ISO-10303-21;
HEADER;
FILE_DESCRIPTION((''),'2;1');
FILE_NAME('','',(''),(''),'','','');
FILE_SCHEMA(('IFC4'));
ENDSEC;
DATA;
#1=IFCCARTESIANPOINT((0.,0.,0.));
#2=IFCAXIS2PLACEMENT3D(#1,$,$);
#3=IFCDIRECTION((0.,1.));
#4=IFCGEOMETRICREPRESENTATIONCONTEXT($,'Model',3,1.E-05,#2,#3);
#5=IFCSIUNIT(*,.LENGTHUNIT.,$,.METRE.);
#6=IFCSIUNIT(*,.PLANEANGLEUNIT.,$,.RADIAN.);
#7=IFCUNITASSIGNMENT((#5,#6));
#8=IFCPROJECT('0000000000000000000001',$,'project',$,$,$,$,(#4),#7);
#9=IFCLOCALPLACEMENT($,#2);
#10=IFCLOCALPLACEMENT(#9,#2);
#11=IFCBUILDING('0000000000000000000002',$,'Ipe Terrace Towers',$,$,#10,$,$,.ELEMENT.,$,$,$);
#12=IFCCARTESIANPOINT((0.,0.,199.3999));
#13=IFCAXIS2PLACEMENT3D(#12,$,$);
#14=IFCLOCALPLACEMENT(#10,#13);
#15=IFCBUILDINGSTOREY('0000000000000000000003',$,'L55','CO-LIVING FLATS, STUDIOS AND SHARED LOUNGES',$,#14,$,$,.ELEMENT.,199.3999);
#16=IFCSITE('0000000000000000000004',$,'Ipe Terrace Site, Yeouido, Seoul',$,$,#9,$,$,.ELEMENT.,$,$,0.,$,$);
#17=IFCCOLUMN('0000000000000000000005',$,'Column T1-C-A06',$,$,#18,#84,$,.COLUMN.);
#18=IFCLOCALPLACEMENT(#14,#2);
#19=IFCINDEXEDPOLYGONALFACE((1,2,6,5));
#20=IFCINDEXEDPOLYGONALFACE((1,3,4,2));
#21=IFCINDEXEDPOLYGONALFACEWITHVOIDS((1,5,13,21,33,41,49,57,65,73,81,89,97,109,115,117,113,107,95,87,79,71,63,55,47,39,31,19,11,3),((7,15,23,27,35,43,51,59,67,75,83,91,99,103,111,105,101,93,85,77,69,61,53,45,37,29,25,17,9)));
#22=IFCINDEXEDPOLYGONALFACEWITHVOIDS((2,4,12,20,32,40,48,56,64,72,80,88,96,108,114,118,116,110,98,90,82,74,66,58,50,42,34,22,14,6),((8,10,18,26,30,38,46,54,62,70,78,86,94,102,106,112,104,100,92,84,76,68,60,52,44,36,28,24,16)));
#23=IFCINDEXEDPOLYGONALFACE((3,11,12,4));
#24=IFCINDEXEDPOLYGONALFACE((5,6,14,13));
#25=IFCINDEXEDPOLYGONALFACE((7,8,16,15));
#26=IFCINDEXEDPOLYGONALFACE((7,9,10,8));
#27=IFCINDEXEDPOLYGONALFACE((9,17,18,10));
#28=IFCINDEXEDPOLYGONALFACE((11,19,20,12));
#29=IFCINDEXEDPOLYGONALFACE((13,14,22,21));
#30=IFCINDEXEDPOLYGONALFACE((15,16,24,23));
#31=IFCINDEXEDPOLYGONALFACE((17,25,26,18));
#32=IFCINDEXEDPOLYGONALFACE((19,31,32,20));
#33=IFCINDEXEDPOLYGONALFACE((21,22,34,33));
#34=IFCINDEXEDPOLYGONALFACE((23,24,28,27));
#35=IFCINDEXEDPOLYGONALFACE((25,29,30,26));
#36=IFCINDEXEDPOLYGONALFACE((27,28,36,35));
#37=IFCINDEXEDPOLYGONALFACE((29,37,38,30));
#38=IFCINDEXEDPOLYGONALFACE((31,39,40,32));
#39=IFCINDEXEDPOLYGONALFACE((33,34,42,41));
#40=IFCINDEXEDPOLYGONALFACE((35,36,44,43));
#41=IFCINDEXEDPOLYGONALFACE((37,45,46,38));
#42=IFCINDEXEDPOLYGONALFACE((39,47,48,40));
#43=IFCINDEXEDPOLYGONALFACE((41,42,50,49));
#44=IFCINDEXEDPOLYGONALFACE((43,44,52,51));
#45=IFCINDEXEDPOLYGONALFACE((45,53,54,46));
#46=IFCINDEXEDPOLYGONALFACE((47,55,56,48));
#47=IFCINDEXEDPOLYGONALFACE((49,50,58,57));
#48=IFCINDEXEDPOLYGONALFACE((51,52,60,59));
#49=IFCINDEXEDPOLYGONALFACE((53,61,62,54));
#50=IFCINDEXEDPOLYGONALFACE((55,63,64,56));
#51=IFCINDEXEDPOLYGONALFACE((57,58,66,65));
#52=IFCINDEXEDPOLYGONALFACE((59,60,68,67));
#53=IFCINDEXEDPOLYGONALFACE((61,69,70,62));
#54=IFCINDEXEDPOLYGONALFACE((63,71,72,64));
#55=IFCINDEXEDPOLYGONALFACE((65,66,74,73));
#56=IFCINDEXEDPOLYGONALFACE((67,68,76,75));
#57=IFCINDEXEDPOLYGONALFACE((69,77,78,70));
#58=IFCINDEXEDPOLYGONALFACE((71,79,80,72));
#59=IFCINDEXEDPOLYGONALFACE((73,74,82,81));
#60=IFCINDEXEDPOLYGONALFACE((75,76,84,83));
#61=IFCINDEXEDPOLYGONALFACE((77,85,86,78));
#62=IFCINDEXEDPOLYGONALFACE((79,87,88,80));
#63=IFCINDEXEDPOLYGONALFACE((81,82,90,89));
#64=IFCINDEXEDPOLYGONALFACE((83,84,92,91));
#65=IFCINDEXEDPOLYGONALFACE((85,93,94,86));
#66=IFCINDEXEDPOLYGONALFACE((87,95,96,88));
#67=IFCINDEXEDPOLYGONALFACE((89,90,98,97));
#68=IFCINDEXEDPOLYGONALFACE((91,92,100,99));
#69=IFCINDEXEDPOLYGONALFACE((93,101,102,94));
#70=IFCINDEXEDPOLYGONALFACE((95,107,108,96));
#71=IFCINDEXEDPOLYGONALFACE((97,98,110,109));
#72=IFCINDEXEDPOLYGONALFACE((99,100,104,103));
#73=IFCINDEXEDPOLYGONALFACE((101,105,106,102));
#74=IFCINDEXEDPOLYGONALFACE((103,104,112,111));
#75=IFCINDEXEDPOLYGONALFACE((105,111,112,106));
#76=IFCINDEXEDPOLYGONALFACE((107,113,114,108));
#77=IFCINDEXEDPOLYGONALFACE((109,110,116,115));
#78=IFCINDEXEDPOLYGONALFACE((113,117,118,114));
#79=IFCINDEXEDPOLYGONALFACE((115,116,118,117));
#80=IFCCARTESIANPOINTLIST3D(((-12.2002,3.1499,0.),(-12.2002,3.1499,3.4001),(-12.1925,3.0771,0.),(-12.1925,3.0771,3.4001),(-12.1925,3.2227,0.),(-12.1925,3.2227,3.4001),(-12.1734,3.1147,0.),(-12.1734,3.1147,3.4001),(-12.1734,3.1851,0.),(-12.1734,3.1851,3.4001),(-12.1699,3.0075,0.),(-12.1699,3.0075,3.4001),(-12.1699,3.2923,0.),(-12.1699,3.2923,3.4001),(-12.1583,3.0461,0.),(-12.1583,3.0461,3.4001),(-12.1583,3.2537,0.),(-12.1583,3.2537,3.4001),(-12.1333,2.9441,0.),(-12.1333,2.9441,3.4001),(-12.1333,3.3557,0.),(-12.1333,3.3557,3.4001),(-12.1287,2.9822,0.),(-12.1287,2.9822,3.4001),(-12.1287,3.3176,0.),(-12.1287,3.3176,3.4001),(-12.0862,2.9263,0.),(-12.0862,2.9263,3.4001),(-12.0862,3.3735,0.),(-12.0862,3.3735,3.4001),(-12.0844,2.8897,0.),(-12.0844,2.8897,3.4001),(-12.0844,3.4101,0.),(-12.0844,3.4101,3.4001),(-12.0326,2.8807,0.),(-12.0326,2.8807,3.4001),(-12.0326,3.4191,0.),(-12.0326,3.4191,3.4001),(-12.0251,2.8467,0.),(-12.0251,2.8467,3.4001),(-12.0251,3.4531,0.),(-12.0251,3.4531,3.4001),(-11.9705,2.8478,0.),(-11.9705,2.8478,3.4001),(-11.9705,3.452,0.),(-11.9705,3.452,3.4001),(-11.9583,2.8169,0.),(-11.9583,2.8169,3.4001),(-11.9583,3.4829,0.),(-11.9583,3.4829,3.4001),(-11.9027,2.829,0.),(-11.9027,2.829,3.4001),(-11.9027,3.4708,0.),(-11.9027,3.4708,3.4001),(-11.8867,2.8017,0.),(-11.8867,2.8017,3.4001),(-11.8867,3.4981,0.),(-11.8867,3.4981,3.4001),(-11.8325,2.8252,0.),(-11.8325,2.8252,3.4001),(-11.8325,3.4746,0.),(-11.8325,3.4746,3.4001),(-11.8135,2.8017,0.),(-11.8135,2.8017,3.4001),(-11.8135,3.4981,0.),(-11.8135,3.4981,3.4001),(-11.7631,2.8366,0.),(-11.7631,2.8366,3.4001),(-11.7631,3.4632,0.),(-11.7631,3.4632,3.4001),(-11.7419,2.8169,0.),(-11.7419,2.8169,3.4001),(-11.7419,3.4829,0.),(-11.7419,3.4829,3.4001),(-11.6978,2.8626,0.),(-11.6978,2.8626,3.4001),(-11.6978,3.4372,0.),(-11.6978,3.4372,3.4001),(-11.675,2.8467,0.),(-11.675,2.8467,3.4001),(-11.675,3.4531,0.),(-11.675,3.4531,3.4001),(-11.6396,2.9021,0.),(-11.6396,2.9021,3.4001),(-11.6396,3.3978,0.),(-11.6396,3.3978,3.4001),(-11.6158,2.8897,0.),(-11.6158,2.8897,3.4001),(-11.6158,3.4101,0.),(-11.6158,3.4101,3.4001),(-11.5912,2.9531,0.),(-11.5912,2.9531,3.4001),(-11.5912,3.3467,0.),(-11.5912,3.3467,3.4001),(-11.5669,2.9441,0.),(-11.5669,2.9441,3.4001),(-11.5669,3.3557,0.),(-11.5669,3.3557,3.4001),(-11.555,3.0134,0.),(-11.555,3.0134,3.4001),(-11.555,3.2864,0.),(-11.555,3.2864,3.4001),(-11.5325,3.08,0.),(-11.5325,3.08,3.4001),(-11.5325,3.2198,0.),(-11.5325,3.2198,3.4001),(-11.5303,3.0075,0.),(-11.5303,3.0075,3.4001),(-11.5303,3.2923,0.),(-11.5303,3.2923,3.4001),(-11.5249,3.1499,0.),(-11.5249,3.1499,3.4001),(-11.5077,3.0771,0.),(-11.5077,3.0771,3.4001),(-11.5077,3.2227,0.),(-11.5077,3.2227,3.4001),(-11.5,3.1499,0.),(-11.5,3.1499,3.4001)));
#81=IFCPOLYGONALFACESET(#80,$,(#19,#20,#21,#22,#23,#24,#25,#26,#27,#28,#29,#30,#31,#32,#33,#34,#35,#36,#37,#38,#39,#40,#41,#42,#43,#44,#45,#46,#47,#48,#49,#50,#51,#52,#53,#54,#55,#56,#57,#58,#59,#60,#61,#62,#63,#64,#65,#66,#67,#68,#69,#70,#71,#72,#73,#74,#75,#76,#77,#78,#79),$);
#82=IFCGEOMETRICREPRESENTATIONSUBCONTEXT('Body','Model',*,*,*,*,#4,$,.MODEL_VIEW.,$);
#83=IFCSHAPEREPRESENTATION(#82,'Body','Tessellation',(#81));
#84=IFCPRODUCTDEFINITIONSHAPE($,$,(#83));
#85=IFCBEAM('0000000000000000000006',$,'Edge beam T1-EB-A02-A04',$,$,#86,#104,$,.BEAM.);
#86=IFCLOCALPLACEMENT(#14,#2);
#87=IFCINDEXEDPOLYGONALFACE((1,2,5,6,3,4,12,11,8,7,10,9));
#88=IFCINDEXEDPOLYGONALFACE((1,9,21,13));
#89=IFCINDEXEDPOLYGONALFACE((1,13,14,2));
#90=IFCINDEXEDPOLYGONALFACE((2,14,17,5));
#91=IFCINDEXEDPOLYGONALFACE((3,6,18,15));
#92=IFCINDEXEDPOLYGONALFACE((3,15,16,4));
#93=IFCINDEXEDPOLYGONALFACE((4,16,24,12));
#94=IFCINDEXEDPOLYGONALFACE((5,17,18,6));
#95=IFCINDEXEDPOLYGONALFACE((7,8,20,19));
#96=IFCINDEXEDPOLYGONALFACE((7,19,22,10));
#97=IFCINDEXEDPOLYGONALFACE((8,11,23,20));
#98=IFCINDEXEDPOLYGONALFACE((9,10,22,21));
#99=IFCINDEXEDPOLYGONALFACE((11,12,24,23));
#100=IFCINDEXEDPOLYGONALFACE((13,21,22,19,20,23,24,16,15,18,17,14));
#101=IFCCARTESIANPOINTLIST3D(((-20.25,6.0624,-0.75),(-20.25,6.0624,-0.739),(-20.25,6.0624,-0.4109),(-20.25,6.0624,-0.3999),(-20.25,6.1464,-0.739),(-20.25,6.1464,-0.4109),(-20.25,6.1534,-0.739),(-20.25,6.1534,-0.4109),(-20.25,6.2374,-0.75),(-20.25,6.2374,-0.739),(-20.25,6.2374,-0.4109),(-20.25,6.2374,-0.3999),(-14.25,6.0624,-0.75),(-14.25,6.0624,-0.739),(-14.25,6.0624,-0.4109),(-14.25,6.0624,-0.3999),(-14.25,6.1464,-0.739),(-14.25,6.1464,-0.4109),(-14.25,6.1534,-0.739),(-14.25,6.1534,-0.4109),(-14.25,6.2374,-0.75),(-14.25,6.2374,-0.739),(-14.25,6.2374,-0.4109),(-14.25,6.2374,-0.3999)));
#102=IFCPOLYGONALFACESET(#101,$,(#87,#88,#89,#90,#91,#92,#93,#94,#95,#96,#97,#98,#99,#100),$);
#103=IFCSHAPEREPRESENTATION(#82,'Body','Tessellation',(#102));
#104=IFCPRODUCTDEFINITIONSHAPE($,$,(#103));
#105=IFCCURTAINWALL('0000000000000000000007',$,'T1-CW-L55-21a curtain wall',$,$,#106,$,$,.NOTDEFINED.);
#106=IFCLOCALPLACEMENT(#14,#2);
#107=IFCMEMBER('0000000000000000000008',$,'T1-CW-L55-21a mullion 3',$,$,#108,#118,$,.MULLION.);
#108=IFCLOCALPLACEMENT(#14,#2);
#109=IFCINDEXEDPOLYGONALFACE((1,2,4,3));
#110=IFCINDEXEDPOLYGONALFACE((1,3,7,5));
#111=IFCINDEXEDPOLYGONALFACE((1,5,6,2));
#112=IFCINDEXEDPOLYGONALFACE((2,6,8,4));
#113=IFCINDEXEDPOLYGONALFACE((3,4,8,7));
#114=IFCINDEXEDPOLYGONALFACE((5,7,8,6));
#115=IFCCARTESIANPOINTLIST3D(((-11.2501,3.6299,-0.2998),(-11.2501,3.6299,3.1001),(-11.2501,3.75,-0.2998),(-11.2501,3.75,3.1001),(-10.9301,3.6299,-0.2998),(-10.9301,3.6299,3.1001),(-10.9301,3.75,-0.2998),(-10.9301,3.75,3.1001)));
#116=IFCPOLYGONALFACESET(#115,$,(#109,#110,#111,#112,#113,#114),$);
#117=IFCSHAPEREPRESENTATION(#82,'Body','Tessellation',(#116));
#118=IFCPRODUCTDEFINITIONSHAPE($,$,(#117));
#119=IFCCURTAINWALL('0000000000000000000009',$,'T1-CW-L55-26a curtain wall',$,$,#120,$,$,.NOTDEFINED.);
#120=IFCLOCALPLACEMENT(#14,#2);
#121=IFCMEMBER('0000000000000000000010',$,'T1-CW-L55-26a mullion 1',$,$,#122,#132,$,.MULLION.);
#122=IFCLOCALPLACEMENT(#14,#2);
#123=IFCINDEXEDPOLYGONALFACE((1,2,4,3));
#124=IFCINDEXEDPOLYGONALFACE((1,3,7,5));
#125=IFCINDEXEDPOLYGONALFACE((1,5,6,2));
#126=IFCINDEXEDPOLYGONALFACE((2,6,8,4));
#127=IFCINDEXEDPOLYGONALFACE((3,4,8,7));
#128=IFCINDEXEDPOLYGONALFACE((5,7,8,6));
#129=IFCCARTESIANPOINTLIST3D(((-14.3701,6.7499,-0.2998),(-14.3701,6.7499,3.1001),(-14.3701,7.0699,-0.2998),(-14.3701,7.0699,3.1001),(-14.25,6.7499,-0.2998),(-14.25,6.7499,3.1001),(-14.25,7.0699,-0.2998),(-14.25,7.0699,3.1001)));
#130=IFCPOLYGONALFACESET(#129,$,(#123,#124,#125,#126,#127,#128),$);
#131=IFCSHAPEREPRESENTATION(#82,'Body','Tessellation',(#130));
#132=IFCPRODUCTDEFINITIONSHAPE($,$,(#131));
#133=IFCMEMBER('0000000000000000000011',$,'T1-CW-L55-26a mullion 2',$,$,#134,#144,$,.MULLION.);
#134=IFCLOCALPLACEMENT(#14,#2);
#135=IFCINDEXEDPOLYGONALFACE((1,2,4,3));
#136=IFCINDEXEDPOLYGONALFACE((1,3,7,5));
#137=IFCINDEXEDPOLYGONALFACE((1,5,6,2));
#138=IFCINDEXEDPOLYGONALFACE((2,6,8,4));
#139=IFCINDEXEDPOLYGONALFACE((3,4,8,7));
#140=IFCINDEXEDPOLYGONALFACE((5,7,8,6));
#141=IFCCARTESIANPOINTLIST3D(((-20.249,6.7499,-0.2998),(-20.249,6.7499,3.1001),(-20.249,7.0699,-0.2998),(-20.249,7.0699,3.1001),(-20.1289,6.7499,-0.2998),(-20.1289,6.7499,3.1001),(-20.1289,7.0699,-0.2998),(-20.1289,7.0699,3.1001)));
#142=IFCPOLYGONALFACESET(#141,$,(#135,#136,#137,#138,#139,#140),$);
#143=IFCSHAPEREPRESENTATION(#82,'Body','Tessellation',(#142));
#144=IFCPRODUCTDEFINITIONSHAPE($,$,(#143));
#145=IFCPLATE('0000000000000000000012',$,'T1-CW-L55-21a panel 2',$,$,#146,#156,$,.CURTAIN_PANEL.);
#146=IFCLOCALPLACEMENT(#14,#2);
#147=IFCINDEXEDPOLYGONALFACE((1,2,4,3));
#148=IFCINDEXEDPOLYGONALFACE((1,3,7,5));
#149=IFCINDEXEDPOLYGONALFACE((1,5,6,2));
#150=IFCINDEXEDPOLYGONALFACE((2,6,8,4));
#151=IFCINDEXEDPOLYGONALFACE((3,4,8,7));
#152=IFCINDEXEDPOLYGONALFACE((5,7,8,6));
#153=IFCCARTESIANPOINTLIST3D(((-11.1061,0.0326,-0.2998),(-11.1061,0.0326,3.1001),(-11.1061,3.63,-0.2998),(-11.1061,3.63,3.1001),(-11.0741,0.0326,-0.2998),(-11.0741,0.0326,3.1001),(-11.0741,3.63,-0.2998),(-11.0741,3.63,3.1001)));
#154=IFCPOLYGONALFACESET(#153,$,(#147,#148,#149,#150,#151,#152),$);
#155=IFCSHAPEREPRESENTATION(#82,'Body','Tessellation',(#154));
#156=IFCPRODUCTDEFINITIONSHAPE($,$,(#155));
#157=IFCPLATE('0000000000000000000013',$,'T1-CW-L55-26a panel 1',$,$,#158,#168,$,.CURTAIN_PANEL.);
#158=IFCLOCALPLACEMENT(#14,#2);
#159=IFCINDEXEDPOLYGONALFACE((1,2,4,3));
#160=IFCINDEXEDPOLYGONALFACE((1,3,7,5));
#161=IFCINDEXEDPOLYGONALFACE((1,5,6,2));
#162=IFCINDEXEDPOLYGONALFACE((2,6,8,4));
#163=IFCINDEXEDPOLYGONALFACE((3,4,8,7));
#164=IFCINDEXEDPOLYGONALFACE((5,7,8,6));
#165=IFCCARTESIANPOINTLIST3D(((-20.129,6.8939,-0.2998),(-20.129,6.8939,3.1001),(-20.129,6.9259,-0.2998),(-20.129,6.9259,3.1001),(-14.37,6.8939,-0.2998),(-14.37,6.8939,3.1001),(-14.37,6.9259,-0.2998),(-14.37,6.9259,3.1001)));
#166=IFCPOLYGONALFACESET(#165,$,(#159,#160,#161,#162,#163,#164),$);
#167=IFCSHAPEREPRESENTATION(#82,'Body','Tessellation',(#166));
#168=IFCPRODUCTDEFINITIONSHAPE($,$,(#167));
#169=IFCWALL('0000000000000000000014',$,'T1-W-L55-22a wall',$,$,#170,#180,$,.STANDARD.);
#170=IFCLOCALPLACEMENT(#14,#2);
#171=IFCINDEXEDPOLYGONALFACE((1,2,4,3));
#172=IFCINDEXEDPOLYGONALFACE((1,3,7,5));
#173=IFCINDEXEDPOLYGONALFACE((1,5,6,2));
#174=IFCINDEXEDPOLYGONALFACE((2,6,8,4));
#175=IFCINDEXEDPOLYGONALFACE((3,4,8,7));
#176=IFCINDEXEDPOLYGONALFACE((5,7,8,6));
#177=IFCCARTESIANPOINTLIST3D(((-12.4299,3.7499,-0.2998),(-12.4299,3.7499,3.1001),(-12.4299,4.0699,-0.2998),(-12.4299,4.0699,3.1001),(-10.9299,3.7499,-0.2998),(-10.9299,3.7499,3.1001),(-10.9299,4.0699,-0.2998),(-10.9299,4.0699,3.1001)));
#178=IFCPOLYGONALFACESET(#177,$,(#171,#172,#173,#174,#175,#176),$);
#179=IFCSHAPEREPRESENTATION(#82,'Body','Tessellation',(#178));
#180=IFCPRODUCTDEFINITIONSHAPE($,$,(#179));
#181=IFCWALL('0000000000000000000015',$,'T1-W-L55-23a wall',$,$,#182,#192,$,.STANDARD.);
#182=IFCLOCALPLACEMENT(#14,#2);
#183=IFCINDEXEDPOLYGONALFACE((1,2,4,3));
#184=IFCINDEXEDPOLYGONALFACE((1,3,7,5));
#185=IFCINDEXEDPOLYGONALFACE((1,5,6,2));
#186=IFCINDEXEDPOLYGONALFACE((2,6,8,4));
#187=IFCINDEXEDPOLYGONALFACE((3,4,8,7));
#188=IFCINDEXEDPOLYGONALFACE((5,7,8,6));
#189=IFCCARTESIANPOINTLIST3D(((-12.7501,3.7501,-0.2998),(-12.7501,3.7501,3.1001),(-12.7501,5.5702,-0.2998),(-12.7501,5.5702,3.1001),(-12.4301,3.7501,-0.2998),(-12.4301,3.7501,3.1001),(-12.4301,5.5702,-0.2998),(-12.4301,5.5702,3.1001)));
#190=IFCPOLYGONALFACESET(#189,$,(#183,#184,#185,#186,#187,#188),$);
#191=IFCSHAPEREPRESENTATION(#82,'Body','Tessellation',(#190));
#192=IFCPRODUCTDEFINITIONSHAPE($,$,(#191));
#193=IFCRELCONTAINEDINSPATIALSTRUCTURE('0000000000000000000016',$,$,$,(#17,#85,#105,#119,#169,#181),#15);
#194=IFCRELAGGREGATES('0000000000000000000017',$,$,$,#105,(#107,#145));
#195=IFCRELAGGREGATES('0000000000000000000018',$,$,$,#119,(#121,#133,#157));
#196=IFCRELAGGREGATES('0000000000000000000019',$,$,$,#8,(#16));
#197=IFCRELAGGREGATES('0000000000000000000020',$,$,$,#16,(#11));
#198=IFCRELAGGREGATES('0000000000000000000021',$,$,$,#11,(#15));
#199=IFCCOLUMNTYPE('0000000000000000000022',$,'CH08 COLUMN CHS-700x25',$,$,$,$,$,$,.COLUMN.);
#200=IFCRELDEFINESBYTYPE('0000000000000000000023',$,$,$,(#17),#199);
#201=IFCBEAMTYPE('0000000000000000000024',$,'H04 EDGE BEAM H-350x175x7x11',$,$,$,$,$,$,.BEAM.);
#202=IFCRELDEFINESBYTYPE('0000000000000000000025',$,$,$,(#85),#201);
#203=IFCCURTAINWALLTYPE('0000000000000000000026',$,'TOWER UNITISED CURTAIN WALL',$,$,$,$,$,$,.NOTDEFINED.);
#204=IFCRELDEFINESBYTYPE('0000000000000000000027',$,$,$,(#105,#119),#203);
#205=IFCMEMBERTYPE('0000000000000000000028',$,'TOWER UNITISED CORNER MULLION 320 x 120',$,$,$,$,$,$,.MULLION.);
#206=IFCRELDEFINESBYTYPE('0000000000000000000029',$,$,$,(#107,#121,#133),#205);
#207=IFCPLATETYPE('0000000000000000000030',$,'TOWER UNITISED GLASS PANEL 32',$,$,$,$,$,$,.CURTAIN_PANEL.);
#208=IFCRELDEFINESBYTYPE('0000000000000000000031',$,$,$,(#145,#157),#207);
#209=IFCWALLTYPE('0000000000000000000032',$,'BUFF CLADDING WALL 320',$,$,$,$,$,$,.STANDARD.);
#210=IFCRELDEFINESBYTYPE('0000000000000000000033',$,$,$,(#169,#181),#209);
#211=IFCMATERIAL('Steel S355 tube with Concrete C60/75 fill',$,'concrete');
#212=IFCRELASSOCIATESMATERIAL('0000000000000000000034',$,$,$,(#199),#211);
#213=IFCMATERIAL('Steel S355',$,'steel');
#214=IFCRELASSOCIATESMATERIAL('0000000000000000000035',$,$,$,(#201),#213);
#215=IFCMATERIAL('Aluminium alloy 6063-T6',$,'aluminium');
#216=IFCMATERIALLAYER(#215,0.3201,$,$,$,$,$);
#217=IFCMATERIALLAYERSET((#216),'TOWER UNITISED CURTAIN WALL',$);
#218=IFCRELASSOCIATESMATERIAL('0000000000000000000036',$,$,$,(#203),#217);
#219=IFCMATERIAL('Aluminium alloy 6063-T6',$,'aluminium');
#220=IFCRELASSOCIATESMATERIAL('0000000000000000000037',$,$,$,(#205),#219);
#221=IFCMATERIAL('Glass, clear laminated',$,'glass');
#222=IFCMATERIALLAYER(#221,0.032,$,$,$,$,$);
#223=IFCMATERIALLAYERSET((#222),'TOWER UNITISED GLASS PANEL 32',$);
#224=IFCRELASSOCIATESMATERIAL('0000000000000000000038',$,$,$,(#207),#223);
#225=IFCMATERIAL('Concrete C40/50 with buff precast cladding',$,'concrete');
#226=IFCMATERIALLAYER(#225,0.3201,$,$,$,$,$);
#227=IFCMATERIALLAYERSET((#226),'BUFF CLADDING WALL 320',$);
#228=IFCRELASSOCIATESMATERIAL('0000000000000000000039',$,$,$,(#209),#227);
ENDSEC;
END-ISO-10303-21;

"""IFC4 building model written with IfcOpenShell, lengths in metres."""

from ifc_helpers import new_model, si_unit, direction, frame, frame_2d, origin, origin_2d, place, context, subcontext, project, spatial, rectangle, hollow_circle, i_section, extrude, material, layer, layer_set, material_profile, profile_set, type_object, element, aggregate, save


model = new_model("IFC4")

# Units and contexts
model_context = context("Model", 3, precision=1e-05, world=origin(), true_north=direction((0.0, 1.0)))
body_context = subcontext(model_context, "Body", "Model", "MODEL_VIEW")
ifc_project = project(units=[si_unit("LENGTHUNIT", "METRE"), si_unit("PLANEANGLEUNIT", "RADIAN")], contexts=[model_context])

# Site, building, storey
site_placement = place(None, origin())
site = spatial("IfcSite", under=ifc_project, at=site_placement, Name="Ipe Terrace Site, Yeouido, Seoul", CompositionType="ELEMENT", RefElevation=0.0)
building_placement = place(site_placement, origin())
building = spatial("IfcBuilding", under=site, at=building_placement, Name="Ipe Terrace Towers", CompositionType="ELEMENT")
storey_placement = place(building_placement, frame((0.0, 0.0, 199.3999)))
storey = spatial("IfcBuildingStorey", under=building, at=storey_placement, Name="L55", Description="CO-LIVING FLATS, STUDIOS AND SHARED LOUNGES", CompositionType="ELEMENT", Elevation=199.3999)

# Column
ifc_material_1 = material(Name="Steel S355 tube with Concrete C60/75 fill", Category="concrete")
ifc_material_profile_1 = material_profile(ifc_material_1, hollow_circle(Radius=0.3501, WallThickness=0.0249, at=origin_2d()), Name="CHS-700x25")
ifc_profile_set_1 = profile_set([ifc_material_profile_1], Name="Steel S355 tube with Concrete C60/75 fill")
column_type = type_object("IfcColumnType", Name="CH08 COLUMN CHS-700x25", PredefinedType="COLUMN", material=ifc_profile_set_1)
for number, where, z_axis, x_axis, name in (
    (1, (-11.8501, 3.1499, 0.0), (0.0, 0.0, 1.0), (1.0, 0.0, 0.0), "Column T1-C-A06"),
):
    element("IfcColumn", number, at=place(storey_placement, frame(where, z_axis=z_axis, x_axis=x_axis)), inside=storey, type_object=column_type, Name=name, PredefinedType="COLUMN", context=body_context, shape_type="SweptSolid", body=[
        extrude(hollow_circle(Radius=0.3501, WallThickness=0.0249, at=origin_2d()), origin(), (0.0, 0.0, 1.0), 3.4001),
    ])

# Beam
ifc_material_2 = material(Name="Steel S355", Category="steel")
ifc_material_profile_2 = material_profile(ifc_material_2, i_section(OverallWidth=0.175, OverallDepth=0.3501, WebThickness=0.0071, FlangeThickness=0.011, at=origin_2d()), Name="H-350x175x7x11")
ifc_profile_set_2 = profile_set([ifc_material_profile_2], Name="Steel S355")
beam_type = type_object("IfcBeamType", Name="H04 EDGE BEAM H-350x175x7x11", PredefinedType="BEAM", material=ifc_profile_set_2)
beam_placement = place(storey_placement, frame((-20.25, 6.1499, -0.575), z_axis=(1.0, 0.0, 0.0), x_axis=(0.0, 1.0, 0.0)))
element("IfcBeam", 2, at=beam_placement, inside=storey, type_object=beam_type, Name="Edge beam T1-EB-A02-A04", PredefinedType="BEAM", context=body_context, shape_type="SweptSolid", body=[
    extrude(i_section(OverallWidth=0.175, OverallDepth=0.3501, WebThickness=0.0071, FlangeThickness=0.011, at=origin_2d()), origin(), (0.0, 0.0, 1.0), 6.0),
])

# Curtain wall, member
ifc_material_3 = material(Name="Aluminium alloy 6063-T6", Category="aluminium")
ifc_layer_1 = layer(ifc_material_3, 0.3201)
ifc_layer_set_1 = layer_set([ifc_layer_1], Name="TOWER UNITISED CURTAIN WALL")
curtain_wall_type = type_object("IfcCurtainWallType", Name="TOWER UNITISED CURTAIN WALL", PredefinedType="NOTDEFINED", material=ifc_layer_set_1)
curtain_wall_1_placement = place(storey_placement, origin())
curtain_wall_1 = element("IfcCurtainWall", 3, at=curtain_wall_1_placement, inside=storey, type_object=curtain_wall_type, Name="T1-CW-L55-21a curtain wall", PredefinedType="NOTDEFINED")
ifc_material_4 = material(Name="Aluminium alloy 6063-T6", Category="aluminium")
ifc_material_profile_3 = material_profile(ifc_material_4, rectangle(XDim=0.3201, YDim=0.1201, at=origin_2d()), Name="TOWER UNITISED CORNER MULLION 320 x 120")
ifc_profile_set_3 = profile_set([ifc_material_profile_3], Name="Aluminium alloy 6063-T6")
member_type = type_object("IfcMemberType", Name="TOWER UNITISED CORNER MULLION 320 x 120", PredefinedType="MULLION", material=ifc_profile_set_3)
member_1_placement = place(storey_placement, frame((-11.0901, 3.6899, -0.2998), z_axis=(0.0, 0.0, 1.0), x_axis=(1.0, 0.0, 0.0)))
member_1 = element("IfcMember", 4, at=member_1_placement, type_object=member_type, Name="T1-CW-L55-21a mullion 3", PredefinedType="MULLION", context=body_context, shape_type="SweptSolid", body=[
    extrude(rectangle(XDim=0.3201, YDim=0.1201, at=origin_2d()), origin(), (0.0, 0.0, 1.0), 3.3999),
])

# Curtain wall, members
curtain_wall_2_placement = place(storey_placement, origin())
curtain_wall_2 = element("IfcCurtainWall", 5, at=curtain_wall_2_placement, inside=storey, type_object=curtain_wall_type, Name="T1-CW-L55-26a curtain wall", PredefinedType="NOTDEFINED")
member_2_placement = place(storey_placement, frame((-14.3101, 6.9099, -0.2998), z_axis=(0.0, 0.0, 1.0), x_axis=(0.0, 1.0, 0.0)))
member_2 = element("IfcMember", 6, at=member_2_placement, type_object=member_type, Name="T1-CW-L55-26a mullion 1", PredefinedType="MULLION", context=body_context, shape_type="SweptSolid", body=[
    extrude(rectangle(XDim=0.3201, YDim=0.1201, at=origin_2d()), origin(), (0.0, 0.0, 1.0), 3.3999),
])
member_3_placement = place(storey_placement, frame((-20.189, 6.9099, -0.2998), z_axis=(0.0, 0.0, 1.0), x_axis=(0.0, 1.0, 0.0)))
member_3 = element("IfcMember", 7, at=member_3_placement, type_object=member_type, Name="T1-CW-L55-26a mullion 2", PredefinedType="MULLION", context=body_context, shape_type="SweptSolid", body=[
    extrude(rectangle(XDim=0.3201, YDim=0.1201, at=origin_2d()), origin(), (0.0, 0.0, 1.0), 3.3999),
])

# Plates
ifc_material_5 = material(Name="Glass, clear laminated", Category="glass")
ifc_layer_2 = layer(ifc_material_5, 0.032)
ifc_layer_set_2 = layer_set([ifc_layer_2], Name="TOWER UNITISED GLASS PANEL 32")
plate_type = type_object("IfcPlateType", Name="TOWER UNITISED GLASS PANEL 32", PredefinedType="CURTAIN_PANEL", material=ifc_layer_set_2)
plate_1_placement = place(storey_placement, frame((-11.0901, 1.8313, -0.2998), z_axis=(0.0, 0.0, 1.0), x_axis=(0.0, 1.0, 0.0)))
plate_1 = element("IfcPlate", 8, at=plate_1_placement, type_object=plate_type, Name="T1-CW-L55-21a panel 2", PredefinedType="CURTAIN_PANEL", context=body_context, shape_type="SweptSolid", body=[
    extrude(rectangle(XDim=3.5974, YDim=0.032, at=origin_2d()), origin(), (0.0, 0.0, 1.0), 3.3999),
])
aggregate(curtain_wall_1, [member_1, plate_1])
plate_2_placement = place(storey_placement, frame((-17.2495, 6.9099, -0.2998), z_axis=(0.0, 0.0, 1.0), x_axis=(-1.0, 0.0, 0.0)))
plate_2 = element("IfcPlate", 9, at=plate_2_placement, type_object=plate_type, Name="T1-CW-L55-26a panel 1", PredefinedType="CURTAIN_PANEL", context=body_context, shape_type="SweptSolid", body=[
    extrude(rectangle(XDim=5.759, YDim=0.032, at=origin_2d()), origin(), (0.0, 0.0, 1.0), 3.3999),
])
aggregate(curtain_wall_2, [member_2, member_3, plate_2])

# Walls
ifc_material_6 = material(Name="Concrete C40/50 with buff precast cladding", Category="concrete")
ifc_layer_3 = layer(ifc_material_6, 0.3201)
ifc_layer_set_3 = layer_set([ifc_layer_3], Name="BUFF CLADDING WALL 320")
wall_type_1 = type_object("IfcWallType", Name="BUFF CLADDING WALL 320", PredefinedType="STANDARD", material=ifc_layer_set_3)
wall_1_placement = place(storey_placement, frame((-10.9299, 3.9099, -0.2998), z_axis=(0.0, 0.0, 1.0), x_axis=(-1.0, 0.0, 0.0)))
element("IfcWall", 10, at=wall_1_placement, inside=storey, type_object=wall_type_1, Name="T1-W-L55-22a wall", PredefinedType="STANDARD", context=body_context, shape_type="SweptSolid", body=[
    extrude(rectangle(XDim=1.5, YDim=0.3201, at=frame_2d((0.75, 0.0))), origin(), (0.0, 0.0, 1.0), 3.3999),
])
wall_2_placement = place(storey_placement, frame((-12.5901, 3.75, -0.2998), z_axis=(0.0, 0.0, 1.0), x_axis=(0.0, 1.0, 0.0)))
element("IfcWall", 11, at=wall_2_placement, inside=storey, type_object=wall_type_1, Name="T1-W-L55-23a wall", PredefinedType="STANDARD", context=body_context, shape_type="SweptSolid", body=[
    extrude(rectangle(XDim=1.8201, YDim=0.3201, at=frame_2d((0.9102, 0.0))), origin(), (0.0, 0.0, 1.0), 3.3999),
])

save(model, "model.ifc")
